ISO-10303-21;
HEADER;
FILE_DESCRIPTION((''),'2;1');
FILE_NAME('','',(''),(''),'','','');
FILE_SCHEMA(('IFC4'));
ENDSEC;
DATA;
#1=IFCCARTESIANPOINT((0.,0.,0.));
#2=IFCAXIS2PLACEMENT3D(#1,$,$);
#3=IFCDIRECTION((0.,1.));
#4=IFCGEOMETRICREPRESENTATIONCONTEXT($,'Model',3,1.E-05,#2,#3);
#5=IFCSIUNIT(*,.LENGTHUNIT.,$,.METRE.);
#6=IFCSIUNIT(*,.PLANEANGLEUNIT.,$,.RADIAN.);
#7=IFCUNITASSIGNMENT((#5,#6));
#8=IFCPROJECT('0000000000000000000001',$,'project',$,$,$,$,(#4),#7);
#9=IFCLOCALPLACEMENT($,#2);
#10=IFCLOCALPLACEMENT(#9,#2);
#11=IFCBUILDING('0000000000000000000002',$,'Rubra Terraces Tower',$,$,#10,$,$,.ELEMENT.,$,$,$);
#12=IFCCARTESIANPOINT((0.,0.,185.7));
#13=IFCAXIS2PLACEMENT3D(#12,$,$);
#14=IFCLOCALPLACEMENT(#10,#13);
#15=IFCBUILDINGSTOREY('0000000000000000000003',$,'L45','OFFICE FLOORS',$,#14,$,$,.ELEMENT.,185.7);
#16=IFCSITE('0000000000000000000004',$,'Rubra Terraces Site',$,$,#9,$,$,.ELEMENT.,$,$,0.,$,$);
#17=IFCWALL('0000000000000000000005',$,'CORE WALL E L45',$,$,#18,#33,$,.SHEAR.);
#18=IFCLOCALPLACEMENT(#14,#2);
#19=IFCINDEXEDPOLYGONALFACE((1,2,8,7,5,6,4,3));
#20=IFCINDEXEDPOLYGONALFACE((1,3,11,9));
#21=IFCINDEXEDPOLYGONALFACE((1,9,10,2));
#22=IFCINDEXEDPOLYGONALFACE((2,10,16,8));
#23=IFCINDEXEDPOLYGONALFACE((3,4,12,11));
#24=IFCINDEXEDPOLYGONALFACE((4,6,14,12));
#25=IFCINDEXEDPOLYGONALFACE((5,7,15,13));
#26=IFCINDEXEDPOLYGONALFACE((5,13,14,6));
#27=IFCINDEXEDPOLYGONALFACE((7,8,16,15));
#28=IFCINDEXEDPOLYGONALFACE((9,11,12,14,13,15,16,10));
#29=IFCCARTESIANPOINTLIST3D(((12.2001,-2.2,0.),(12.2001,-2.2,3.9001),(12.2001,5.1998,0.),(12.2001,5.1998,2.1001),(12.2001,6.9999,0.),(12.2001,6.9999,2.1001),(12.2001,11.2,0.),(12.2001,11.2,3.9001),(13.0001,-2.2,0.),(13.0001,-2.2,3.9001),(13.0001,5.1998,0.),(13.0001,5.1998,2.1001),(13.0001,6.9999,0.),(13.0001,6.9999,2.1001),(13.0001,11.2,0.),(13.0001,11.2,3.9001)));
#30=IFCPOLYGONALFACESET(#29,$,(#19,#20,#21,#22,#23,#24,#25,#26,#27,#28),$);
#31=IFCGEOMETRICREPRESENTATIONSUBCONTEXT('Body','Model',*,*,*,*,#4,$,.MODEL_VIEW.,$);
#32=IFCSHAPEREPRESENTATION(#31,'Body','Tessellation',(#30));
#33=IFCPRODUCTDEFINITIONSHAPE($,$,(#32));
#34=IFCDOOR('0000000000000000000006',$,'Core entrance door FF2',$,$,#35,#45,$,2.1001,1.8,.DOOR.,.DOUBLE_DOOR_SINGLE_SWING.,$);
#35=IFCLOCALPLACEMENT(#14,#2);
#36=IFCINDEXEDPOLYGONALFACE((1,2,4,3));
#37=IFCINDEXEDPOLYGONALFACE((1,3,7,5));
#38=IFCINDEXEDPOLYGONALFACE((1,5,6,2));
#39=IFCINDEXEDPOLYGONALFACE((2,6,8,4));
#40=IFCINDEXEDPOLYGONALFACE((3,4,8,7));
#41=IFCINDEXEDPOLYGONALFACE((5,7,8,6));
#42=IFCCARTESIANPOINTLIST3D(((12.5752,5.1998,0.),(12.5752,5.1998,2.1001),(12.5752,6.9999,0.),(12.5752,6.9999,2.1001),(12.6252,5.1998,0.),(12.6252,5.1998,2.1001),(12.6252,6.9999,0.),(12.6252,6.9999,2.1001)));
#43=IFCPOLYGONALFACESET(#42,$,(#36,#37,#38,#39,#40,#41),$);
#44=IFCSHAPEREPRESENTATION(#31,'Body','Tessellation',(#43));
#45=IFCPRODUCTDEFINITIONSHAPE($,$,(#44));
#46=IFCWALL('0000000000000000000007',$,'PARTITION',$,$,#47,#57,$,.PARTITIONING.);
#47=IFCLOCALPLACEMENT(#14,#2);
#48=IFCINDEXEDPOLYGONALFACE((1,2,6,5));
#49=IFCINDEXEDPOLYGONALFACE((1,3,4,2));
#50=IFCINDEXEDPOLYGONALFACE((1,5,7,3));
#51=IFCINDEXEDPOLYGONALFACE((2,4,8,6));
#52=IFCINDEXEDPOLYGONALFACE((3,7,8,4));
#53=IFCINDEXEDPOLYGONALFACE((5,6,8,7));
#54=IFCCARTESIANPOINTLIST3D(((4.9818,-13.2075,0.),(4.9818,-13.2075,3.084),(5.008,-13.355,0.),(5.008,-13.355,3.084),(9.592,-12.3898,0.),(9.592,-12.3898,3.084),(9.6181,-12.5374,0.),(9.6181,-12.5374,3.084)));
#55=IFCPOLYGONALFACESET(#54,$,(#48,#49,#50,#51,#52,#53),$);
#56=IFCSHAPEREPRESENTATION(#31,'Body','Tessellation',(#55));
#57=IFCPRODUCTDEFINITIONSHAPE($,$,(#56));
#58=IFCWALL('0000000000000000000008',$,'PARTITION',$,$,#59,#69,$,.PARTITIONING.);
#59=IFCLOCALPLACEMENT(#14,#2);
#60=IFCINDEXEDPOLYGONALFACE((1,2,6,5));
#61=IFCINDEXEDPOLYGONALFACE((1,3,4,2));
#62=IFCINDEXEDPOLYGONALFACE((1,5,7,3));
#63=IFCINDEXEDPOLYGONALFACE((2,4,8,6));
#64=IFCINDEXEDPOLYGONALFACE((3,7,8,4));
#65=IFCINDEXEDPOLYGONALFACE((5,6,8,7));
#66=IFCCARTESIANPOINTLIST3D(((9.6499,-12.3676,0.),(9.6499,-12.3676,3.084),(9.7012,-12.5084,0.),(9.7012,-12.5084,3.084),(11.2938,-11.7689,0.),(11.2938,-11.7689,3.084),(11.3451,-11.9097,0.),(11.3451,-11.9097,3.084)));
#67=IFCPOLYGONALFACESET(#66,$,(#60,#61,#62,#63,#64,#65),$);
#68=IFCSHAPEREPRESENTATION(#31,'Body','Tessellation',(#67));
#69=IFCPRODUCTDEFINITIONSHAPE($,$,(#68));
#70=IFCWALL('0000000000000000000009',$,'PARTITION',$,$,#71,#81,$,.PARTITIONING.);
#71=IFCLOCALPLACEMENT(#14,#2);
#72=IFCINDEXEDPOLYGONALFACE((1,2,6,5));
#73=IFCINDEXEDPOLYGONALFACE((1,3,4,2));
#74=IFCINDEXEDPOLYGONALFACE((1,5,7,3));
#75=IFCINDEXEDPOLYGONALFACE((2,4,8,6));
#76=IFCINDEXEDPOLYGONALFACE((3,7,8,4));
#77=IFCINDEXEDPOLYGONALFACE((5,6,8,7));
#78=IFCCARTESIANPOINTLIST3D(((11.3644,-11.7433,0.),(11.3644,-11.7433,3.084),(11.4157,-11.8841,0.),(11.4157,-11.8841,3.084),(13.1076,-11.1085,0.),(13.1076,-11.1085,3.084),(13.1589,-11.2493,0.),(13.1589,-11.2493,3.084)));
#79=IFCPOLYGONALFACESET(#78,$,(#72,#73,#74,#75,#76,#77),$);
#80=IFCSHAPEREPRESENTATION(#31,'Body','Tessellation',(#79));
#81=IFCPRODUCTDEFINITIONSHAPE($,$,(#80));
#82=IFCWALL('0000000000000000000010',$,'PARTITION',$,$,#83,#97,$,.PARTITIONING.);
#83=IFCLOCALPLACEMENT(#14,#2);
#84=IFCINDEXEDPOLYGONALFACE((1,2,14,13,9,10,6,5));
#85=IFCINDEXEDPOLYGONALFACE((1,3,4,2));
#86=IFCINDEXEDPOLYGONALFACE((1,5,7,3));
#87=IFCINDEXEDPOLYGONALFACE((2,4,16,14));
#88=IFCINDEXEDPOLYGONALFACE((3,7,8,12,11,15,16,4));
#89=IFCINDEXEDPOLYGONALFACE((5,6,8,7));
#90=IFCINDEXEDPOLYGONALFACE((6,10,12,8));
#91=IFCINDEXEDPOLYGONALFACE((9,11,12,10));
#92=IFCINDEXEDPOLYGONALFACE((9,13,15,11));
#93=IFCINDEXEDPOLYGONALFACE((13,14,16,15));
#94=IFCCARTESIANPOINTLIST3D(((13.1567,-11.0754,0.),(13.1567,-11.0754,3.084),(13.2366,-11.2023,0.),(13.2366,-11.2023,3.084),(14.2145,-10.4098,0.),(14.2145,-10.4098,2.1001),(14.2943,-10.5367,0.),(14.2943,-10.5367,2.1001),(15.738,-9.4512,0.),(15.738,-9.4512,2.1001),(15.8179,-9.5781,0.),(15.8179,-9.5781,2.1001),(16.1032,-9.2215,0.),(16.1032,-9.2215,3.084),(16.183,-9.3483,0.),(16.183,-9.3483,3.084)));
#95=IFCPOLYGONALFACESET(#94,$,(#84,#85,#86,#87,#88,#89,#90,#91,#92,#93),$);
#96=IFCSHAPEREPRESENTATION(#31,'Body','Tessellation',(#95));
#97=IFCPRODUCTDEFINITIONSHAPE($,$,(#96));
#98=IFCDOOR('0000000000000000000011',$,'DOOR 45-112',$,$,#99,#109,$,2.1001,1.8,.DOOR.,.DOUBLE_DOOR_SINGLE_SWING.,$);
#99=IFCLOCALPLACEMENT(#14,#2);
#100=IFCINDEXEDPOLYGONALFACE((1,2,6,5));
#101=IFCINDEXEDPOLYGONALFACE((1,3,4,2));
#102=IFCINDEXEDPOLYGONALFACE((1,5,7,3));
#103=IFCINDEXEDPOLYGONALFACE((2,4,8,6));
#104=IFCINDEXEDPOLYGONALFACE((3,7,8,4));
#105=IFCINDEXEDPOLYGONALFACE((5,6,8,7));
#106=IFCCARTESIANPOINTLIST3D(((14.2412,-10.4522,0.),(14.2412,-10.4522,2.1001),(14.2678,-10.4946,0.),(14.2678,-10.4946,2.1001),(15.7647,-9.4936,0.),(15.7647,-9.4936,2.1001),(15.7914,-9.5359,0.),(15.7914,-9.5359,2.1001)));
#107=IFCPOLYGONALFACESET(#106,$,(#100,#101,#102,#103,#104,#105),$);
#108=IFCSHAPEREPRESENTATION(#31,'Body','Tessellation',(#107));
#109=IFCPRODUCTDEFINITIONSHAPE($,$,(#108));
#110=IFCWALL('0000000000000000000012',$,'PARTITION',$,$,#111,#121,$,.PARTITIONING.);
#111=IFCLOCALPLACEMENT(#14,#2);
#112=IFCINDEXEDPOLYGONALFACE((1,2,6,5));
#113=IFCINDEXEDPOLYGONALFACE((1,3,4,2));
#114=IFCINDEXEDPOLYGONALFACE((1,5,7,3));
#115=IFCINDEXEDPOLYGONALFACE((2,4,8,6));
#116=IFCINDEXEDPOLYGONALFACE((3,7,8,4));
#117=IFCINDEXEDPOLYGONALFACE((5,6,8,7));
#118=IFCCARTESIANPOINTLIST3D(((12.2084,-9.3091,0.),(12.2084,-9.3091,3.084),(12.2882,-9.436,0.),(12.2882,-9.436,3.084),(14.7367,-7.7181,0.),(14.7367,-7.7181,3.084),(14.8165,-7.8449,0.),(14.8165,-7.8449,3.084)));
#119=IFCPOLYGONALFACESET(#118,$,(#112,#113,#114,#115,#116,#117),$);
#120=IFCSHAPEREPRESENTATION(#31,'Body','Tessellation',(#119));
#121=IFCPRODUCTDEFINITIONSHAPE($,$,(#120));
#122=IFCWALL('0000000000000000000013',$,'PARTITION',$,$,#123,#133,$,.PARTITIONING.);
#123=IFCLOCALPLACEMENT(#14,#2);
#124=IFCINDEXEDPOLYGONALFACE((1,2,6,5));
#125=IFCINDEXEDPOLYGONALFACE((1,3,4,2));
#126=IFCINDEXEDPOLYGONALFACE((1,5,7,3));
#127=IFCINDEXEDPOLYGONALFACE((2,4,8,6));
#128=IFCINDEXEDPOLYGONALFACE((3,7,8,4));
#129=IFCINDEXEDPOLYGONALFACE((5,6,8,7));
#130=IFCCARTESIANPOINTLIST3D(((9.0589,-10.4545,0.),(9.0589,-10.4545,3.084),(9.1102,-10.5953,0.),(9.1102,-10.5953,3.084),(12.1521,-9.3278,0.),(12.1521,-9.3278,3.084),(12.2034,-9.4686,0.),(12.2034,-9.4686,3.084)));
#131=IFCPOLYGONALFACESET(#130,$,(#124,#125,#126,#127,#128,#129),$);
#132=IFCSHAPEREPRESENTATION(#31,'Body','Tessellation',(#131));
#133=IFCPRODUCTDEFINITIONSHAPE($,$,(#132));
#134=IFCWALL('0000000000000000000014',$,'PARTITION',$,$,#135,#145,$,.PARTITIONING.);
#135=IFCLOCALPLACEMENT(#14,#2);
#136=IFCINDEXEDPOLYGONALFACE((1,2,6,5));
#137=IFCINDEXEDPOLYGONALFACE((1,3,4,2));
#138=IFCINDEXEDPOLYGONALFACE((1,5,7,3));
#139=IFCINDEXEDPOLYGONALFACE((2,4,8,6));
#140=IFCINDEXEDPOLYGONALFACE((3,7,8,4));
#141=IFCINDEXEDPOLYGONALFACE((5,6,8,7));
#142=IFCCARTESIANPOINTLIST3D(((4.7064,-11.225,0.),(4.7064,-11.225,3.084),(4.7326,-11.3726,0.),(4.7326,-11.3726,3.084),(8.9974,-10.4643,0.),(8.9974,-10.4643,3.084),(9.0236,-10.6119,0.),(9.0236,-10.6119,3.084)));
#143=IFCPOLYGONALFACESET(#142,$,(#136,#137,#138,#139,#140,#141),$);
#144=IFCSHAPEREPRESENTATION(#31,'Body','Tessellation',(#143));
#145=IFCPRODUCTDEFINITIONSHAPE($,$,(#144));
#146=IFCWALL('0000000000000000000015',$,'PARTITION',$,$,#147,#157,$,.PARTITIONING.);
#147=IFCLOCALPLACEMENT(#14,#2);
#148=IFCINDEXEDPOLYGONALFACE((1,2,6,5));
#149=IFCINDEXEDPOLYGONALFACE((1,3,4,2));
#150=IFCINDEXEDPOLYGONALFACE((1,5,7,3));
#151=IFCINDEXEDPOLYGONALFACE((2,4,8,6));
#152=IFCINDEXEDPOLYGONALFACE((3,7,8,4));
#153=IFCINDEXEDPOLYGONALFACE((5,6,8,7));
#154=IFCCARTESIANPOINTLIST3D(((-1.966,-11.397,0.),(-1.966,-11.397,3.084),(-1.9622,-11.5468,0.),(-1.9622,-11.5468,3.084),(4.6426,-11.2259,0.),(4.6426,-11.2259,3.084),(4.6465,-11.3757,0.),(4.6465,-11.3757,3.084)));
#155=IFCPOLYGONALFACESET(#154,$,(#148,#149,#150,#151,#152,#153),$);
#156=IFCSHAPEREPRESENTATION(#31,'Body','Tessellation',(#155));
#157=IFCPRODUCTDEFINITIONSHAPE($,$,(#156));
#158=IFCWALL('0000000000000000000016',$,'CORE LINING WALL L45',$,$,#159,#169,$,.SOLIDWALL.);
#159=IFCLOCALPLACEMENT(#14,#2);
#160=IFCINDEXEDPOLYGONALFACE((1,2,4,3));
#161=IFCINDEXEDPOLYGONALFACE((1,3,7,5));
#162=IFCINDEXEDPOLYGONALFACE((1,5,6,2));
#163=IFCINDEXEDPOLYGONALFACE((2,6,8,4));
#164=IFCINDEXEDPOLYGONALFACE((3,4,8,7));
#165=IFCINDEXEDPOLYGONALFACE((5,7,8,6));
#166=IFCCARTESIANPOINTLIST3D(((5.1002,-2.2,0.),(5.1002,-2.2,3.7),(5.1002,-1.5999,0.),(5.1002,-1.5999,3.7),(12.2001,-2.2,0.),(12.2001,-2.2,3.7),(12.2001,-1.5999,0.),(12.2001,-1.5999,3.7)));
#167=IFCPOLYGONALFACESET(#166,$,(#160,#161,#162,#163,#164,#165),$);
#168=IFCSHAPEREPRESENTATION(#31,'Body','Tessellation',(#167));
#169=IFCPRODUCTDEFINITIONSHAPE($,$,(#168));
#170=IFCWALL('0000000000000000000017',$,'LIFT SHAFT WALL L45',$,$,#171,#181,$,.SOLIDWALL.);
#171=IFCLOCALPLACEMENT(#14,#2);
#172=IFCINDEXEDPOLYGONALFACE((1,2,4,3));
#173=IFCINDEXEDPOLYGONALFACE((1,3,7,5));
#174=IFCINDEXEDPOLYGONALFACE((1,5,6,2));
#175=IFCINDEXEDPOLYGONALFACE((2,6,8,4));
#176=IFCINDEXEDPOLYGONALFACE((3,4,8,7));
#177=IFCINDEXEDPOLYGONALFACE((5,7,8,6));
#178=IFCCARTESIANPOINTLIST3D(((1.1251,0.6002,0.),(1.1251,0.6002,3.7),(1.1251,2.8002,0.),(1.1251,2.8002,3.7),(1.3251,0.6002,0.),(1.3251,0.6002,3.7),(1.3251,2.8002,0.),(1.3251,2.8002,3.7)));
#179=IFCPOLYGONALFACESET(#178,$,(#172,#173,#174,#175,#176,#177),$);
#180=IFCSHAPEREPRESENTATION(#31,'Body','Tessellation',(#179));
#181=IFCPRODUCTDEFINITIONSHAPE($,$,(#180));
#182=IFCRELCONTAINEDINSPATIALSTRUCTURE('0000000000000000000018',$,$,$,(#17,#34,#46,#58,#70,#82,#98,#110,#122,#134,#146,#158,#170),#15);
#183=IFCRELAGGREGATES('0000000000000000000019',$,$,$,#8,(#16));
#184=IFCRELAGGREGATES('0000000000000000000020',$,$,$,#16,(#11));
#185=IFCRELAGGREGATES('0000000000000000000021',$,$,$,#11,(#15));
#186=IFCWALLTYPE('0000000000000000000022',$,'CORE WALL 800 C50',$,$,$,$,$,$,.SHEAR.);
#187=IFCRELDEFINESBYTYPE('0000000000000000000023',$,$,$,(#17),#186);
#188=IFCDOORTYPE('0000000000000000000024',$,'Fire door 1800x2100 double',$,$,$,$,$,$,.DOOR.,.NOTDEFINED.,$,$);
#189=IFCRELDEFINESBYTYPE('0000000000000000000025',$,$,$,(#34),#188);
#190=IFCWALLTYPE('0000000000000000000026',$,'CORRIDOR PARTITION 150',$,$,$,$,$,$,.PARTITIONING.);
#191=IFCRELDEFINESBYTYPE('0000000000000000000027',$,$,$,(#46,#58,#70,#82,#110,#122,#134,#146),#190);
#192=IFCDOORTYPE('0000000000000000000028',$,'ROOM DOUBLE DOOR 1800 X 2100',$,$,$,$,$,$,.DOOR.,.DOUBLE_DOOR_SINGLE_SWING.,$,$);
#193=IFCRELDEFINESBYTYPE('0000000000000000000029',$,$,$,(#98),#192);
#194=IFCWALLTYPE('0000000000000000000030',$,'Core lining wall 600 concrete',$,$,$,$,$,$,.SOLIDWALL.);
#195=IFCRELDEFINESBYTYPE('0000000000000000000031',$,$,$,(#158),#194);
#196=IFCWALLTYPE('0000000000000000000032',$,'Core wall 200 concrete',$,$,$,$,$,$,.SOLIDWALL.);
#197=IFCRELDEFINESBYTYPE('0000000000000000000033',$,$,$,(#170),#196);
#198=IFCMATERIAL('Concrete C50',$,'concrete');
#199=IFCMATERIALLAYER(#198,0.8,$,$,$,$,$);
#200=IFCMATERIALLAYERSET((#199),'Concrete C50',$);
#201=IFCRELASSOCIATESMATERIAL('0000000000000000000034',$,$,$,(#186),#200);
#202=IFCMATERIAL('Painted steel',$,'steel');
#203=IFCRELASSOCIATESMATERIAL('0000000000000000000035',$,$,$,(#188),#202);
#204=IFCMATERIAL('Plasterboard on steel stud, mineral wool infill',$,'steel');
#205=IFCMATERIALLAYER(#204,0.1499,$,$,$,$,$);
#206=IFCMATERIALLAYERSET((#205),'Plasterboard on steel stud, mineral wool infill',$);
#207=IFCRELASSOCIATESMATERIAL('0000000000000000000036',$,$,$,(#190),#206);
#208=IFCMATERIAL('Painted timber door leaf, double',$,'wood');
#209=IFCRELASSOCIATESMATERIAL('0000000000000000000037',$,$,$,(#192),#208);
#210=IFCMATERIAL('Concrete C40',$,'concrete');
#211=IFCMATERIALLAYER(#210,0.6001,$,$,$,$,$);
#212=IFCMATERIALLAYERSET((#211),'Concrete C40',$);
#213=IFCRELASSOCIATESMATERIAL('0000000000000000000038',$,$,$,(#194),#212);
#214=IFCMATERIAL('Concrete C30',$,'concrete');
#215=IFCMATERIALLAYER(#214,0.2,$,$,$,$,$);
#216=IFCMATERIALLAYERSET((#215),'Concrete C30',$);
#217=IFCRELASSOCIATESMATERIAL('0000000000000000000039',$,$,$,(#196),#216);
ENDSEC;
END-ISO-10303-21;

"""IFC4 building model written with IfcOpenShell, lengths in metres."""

from ifc_helpers import new_model, si_unit, direction, frame, frame_2d, origin, place, context, subcontext, project, spatial, rectangle, extrude, material, layer, layer_set, type_object, element, fill, save


model = new_model("IFC4")

# Units and contexts
model_context = context("Model", 3, precision=1e-05, world=origin(), true_north=direction((0.0, 1.0)))
body_context = subcontext(model_context, "Body", "Model", "MODEL_VIEW")
ifc_project = project(units=[si_unit("LENGTHUNIT", "METRE"), si_unit("PLANEANGLEUNIT", "RADIAN")], contexts=[model_context])

# Site, building, storey
site_placement = place(None, origin())
site = spatial("IfcSite", under=ifc_project, at=site_placement, Name="Rubra Terraces Site", CompositionType="ELEMENT", RefElevation=0.0)
building_placement = place(site_placement, origin())
building = spatial("IfcBuilding", under=site, at=building_placement, Name="Rubra Terraces Tower", CompositionType="ELEMENT")
storey_placement = place(building_placement, frame((0.0, 0.0, 185.7)))
storey = spatial("IfcBuildingStorey", under=building, at=storey_placement, Name="L45", Description="OFFICE FLOORS", CompositionType="ELEMENT", Elevation=185.7)

# Wall, opening, door
ifc_material_1 = material(Name="Concrete C50", Category="concrete")
ifc_layer_1 = layer(ifc_material_1, 0.8)
ifc_layer_set_1 = layer_set([ifc_layer_1], Name="Concrete C50")
wall_type_1 = type_object("IfcWallType", Name="CORE WALL 800 C50", PredefinedType="SHEAR", material=ifc_layer_set_1)
wall_1_placement = place(storey_placement, frame((12.6001, -2.2, 0.0), z_axis=(0.0, 0.0, 1.0), x_axis=(0.0, 1.0, 0.0)))
wall_1 = element("IfcWall", 1, at=wall_1_placement, inside=storey, type_object=wall_type_1, Name="CORE WALL E L45", PredefinedType="SHEAR", context=body_context, shape_type="SweptSolid", body=[
    extrude(rectangle(XDim=13.3999, YDim=0.8, at=frame_2d((6.7, 0.0))), origin(), (0.0, 0.0, 1.0), 3.9001),
])
opening_1_placement = place(wall_1_placement, frame((7.3999, 0.0, 0.0)))
opening_1 = element("IfcOpeningElement", 2, at=opening_1_placement, cuts=wall_1, PredefinedType="OPENING", context=body_context, shape_type="SweptSolid", body=[
    extrude(rectangle(XDim=1.8, YDim=2.1001, at=frame_2d((0.8999, 1.05))), frame((0.0, 0.4099, 0.0), z_axis=(0.0, -1.0, 0.0), x_axis=(1.0, 0.0, 0.0)), (0.0, 0.0, 1.0), 0.8201),
])
ifc_material_2 = material(Name="Painted steel", Category="steel")
door_type_1 = type_object("IfcDoorType", Name="Fire door 1800x2100 double", OperationType="NOTDEFINED", PredefinedType="DOOR", material=ifc_material_2)
door_1_placement = place(opening_1_placement, origin())
door_1 = element("IfcDoor", 3, at=door_1_placement, inside=storey, type_object=door_type_1, Name="Core entrance door FF2", OperationType="DOUBLE_DOOR_SINGLE_SWING", OverallHeight=2.1001, OverallWidth=1.8, PredefinedType="DOOR", context=body_context, shape_type="SweptSolid", body=[
    extrude(rectangle(XDim=1.8, YDim=2.1001, at=frame_2d((0.8999, 1.05))), frame((0.0, 0.0249, 0.0), z_axis=(0.0, -1.0, 0.0), x_axis=(1.0, 0.0, 0.0)), (0.0, 0.0, 1.0), 0.05),
])
fill(opening_1, door_1)

# Walls
ifc_material_3 = material(Name="Plasterboard on steel stud, mineral wool infill", Category="steel")
ifc_layer_2 = layer(ifc_material_3, 0.1499)
ifc_layer_set_2 = layer_set([ifc_layer_2], Name="Plasterboard on steel stud, mineral wool infill")
wall_type_2 = type_object("IfcWallType", Name="CORRIDOR PARTITION 150", PredefinedType="PARTITIONING", material=ifc_layer_set_2)
wall_2_placement = place(storey_placement, frame((4.9949, -13.2812, 0.0), z_axis=(0.0, 0.0, 1.0), x_axis=(0.984634, 0.17463, 0.0)))
element("IfcWall", 4, at=wall_2_placement, inside=storey, type_object=wall_type_2, Name="PARTITION", PredefinedType="PARTITIONING", context=body_context, shape_type="SweptSolid", body=[
    extrude(rectangle(XDim=4.6821, YDim=0.1499, at=frame_2d((2.3411, 0.0))), origin(), (0.0, 0.0, 1.0), 3.084),
])
wall_3_placement = place(storey_placement, frame((9.6755, -12.438, 0.0), z_axis=(0.0, 0.0, 1.0), x_axis=(0.93963, 0.342191, 0.0)))
element("IfcWall", 5, at=wall_3_placement, inside=storey, type_object=wall_type_2, Name="PARTITION", PredefinedType="PARTITIONING", context=body_context, shape_type="SweptSolid", body=[
    extrude(rectangle(XDim=1.7495, YDim=0.1499, at=frame_2d((0.8748, 0.0))), origin(), (0.0, 0.0, 1.0), 3.084),
])
wall_4_placement = place(storey_placement, frame((11.3899, -11.8137, 0.0), z_axis=(0.0, 0.0, 1.0), x_axis=(0.93964, 0.342166, 0.0)))
element("IfcWall", 6, at=wall_4_placement, inside=storey, type_object=wall_type_2, Name="PARTITION", PredefinedType="PARTITIONING", context=body_context, shape_type="SweptSolid", body=[
    extrude(rectangle(XDim=1.8552, YDim=0.1499, at=frame_2d((0.9277, 0.0))), origin(), (0.0, 0.0, 1.0), 3.084),
])

# Wall, opening, door
wall_5_placement = place(storey_placement, frame((13.1965, -11.1389, 0.0), z_axis=(0.0, 0.0, 1.0), x_axis=(0.846391, 0.532562, 0.0)))
wall_5 = element("IfcWall", 7, at=wall_5_placement, inside=storey, type_object=wall_type_2, Name="PARTITION", PredefinedType="PARTITIONING", context=body_context, shape_type="SweptSolid", body=[
    extrude(rectangle(XDim=3.4812, YDim=0.1499, at=frame_2d((1.7407, 0.0))), origin(), (0.0, 0.0, 1.0), 3.084),
])
opening_2_placement = place(wall_5_placement, frame((1.25, 0.0, 0.0)))
opening_2 = element("IfcOpeningElement", 8, at=opening_2_placement, cuts=wall_5, PredefinedType="OPENING", context=body_context, shape_type="SweptSolid", body=[
    extrude(rectangle(XDim=1.8, YDim=2.1001, at=frame_2d((0.8999, 1.05))), frame((0.0, 0.085, 0.0), z_axis=(0.0, -1.0, 0.0), x_axis=(1.0, 0.0, 0.0)), (0.0, 0.0, 1.0), 0.1699),
])
ifc_material_4 = material(Name="Painted timber door leaf, double", Category="wood")
door_type_2 = type_object("IfcDoorType", Name="ROOM DOUBLE DOOR 1800 X 2100", OperationType="DOUBLE_DOOR_SINGLE_SWING", PredefinedType="DOOR", material=ifc_material_4)
door_2_placement = place(opening_2_placement, origin())
door_2 = element("IfcDoor", 9, at=door_2_placement, inside=storey, type_object=door_type_2, Name="DOOR 45-112", OperationType="DOUBLE_DOOR_SINGLE_SWING", OverallHeight=2.1001, OverallWidth=1.8, PredefinedType="DOOR", context=body_context, shape_type="SweptSolid", body=[
    extrude(rectangle(XDim=1.8, YDim=2.1001, at=frame_2d((0.8999, 1.05))), frame((0.0, 0.0249, 0.0), z_axis=(0.0, -1.0, 0.0), x_axis=(1.0, 0.0, 0.0)), (0.0, 0.0, 1.0), 0.05),
])
fill(opening_2, door_2)

# Walls
wall_6_placement = place(storey_placement, frame((14.7766, -7.7815, 0.0), z_axis=(0.0, 0.0, 1.0), x_axis=(-0.84636, -0.532612, 0.0)))
element("IfcWall", 10, at=wall_6_placement, inside=storey, type_object=wall_type_2, Name="PARTITION", PredefinedType="PARTITIONING", context=body_context, shape_type="SweptSolid", body=[
    extrude(rectangle(XDim=2.9873, YDim=0.1499, at=frame_2d((1.4937, 0.0))), origin(), (0.0, 0.0, 1.0), 3.084),
])
wall_7_placement = place(storey_placement, frame((12.1777, -9.3982, 0.0), z_axis=(0.0, 0.0, 1.0), x_axis=(-0.939609, -0.342249, 0.0)))
element("IfcWall", 11, at=wall_7_placement, inside=storey, type_object=wall_type_2, Name="PARTITION", PredefinedType="PARTITIONING", context=body_context, shape_type="SweptSolid", body=[
    extrude(rectangle(XDim=3.292, YDim=0.1499, at=frame_2d((1.646, 0.0))), origin(), (0.0, 0.0, 1.0), 3.084),
])
wall_8_placement = place(storey_placement, frame((9.0105, -10.5381, 0.0), z_axis=(0.0, 0.0, 1.0), x_axis=(-0.984646, -0.174565, 0.0)))
element("IfcWall", 12, at=wall_8_placement, inside=storey, type_object=wall_type_2, Name="PARTITION", PredefinedType="PARTITIONING", context=body_context, shape_type="SweptSolid", body=[
    extrude(rectangle(XDim=4.3579, YDim=0.1499, at=frame_2d((2.179, 0.0))), origin(), (0.0, 0.0, 1.0), 3.084),
])
wall_9_placement = place(storey_placement, frame((4.6445, -11.3008, 0.0), z_axis=(0.0, 0.0, 1.0), x_axis=(-0.999665, -0.025888, 0.0)))
element("IfcWall", 13, at=wall_9_placement, inside=storey, type_object=wall_type_2, Name="PARTITION", PredefinedType="PARTITIONING", context=body_context, shape_type="SweptSolid", body=[
    extrude(rectangle(XDim=6.6108, YDim=0.1499, at=frame_2d((3.3054, 0.0))), origin(), (0.0, 0.0, 1.0), 3.084),
])
ifc_material_5 = material(Name="Concrete C40", Category="concrete")
ifc_layer_3 = layer(ifc_material_5, 0.6001)
ifc_layer_set_3 = layer_set([ifc_layer_3], Name="Concrete C40")
wall_type_3 = type_object("IfcWallType", Name="Core lining wall 600 concrete", PredefinedType="SOLIDWALL", material=ifc_layer_set_3)
wall_10_placement = place(storey_placement, frame((12.2, -1.8999, 0.0), z_axis=(0.0, 0.0, 1.0), x_axis=(-1.0, 0.0, 0.0)))
element("IfcWall", 14, at=wall_10_placement, inside=storey, type_object=wall_type_3, Name="CORE LINING WALL L45", PredefinedType="SOLIDWALL", context=body_context, shape_type="SweptSolid", body=[
    extrude(rectangle(XDim=7.0999, YDim=0.6001, at=frame_2d((3.5498, 0.0))), origin(), (0.0, 0.0, 1.0), 3.7),
])
ifc_material_6 = material(Name="Concrete C30", Category="concrete")
ifc_layer_4 = layer(ifc_material_6, 0.2)
ifc_layer_set_4 = layer_set([ifc_layer_4], Name="Concrete C30")
wall_type_4 = type_object("IfcWallType", Name="Core wall 200 concrete", PredefinedType="SOLIDWALL", material=ifc_layer_set_4)
wall_11_placement = place(storey_placement, frame((1.2251, 0.6001, 0.0), z_axis=(0.0, 0.0, 1.0), x_axis=(0.0, 1.0, 0.0)))
element("IfcWall", 15, at=wall_11_placement, inside=storey, type_object=wall_type_4, Name="LIFT SHAFT WALL L45", PredefinedType="SOLIDWALL", context=body_context, shape_type="SweptSolid", body=[
    extrude(rectangle(XDim=2.2, YDim=0.2, at=frame_2d((1.1001, 0.0))), origin(), (0.0, 0.0, 1.0), 3.7),
])

save(model, "model.ifc")
